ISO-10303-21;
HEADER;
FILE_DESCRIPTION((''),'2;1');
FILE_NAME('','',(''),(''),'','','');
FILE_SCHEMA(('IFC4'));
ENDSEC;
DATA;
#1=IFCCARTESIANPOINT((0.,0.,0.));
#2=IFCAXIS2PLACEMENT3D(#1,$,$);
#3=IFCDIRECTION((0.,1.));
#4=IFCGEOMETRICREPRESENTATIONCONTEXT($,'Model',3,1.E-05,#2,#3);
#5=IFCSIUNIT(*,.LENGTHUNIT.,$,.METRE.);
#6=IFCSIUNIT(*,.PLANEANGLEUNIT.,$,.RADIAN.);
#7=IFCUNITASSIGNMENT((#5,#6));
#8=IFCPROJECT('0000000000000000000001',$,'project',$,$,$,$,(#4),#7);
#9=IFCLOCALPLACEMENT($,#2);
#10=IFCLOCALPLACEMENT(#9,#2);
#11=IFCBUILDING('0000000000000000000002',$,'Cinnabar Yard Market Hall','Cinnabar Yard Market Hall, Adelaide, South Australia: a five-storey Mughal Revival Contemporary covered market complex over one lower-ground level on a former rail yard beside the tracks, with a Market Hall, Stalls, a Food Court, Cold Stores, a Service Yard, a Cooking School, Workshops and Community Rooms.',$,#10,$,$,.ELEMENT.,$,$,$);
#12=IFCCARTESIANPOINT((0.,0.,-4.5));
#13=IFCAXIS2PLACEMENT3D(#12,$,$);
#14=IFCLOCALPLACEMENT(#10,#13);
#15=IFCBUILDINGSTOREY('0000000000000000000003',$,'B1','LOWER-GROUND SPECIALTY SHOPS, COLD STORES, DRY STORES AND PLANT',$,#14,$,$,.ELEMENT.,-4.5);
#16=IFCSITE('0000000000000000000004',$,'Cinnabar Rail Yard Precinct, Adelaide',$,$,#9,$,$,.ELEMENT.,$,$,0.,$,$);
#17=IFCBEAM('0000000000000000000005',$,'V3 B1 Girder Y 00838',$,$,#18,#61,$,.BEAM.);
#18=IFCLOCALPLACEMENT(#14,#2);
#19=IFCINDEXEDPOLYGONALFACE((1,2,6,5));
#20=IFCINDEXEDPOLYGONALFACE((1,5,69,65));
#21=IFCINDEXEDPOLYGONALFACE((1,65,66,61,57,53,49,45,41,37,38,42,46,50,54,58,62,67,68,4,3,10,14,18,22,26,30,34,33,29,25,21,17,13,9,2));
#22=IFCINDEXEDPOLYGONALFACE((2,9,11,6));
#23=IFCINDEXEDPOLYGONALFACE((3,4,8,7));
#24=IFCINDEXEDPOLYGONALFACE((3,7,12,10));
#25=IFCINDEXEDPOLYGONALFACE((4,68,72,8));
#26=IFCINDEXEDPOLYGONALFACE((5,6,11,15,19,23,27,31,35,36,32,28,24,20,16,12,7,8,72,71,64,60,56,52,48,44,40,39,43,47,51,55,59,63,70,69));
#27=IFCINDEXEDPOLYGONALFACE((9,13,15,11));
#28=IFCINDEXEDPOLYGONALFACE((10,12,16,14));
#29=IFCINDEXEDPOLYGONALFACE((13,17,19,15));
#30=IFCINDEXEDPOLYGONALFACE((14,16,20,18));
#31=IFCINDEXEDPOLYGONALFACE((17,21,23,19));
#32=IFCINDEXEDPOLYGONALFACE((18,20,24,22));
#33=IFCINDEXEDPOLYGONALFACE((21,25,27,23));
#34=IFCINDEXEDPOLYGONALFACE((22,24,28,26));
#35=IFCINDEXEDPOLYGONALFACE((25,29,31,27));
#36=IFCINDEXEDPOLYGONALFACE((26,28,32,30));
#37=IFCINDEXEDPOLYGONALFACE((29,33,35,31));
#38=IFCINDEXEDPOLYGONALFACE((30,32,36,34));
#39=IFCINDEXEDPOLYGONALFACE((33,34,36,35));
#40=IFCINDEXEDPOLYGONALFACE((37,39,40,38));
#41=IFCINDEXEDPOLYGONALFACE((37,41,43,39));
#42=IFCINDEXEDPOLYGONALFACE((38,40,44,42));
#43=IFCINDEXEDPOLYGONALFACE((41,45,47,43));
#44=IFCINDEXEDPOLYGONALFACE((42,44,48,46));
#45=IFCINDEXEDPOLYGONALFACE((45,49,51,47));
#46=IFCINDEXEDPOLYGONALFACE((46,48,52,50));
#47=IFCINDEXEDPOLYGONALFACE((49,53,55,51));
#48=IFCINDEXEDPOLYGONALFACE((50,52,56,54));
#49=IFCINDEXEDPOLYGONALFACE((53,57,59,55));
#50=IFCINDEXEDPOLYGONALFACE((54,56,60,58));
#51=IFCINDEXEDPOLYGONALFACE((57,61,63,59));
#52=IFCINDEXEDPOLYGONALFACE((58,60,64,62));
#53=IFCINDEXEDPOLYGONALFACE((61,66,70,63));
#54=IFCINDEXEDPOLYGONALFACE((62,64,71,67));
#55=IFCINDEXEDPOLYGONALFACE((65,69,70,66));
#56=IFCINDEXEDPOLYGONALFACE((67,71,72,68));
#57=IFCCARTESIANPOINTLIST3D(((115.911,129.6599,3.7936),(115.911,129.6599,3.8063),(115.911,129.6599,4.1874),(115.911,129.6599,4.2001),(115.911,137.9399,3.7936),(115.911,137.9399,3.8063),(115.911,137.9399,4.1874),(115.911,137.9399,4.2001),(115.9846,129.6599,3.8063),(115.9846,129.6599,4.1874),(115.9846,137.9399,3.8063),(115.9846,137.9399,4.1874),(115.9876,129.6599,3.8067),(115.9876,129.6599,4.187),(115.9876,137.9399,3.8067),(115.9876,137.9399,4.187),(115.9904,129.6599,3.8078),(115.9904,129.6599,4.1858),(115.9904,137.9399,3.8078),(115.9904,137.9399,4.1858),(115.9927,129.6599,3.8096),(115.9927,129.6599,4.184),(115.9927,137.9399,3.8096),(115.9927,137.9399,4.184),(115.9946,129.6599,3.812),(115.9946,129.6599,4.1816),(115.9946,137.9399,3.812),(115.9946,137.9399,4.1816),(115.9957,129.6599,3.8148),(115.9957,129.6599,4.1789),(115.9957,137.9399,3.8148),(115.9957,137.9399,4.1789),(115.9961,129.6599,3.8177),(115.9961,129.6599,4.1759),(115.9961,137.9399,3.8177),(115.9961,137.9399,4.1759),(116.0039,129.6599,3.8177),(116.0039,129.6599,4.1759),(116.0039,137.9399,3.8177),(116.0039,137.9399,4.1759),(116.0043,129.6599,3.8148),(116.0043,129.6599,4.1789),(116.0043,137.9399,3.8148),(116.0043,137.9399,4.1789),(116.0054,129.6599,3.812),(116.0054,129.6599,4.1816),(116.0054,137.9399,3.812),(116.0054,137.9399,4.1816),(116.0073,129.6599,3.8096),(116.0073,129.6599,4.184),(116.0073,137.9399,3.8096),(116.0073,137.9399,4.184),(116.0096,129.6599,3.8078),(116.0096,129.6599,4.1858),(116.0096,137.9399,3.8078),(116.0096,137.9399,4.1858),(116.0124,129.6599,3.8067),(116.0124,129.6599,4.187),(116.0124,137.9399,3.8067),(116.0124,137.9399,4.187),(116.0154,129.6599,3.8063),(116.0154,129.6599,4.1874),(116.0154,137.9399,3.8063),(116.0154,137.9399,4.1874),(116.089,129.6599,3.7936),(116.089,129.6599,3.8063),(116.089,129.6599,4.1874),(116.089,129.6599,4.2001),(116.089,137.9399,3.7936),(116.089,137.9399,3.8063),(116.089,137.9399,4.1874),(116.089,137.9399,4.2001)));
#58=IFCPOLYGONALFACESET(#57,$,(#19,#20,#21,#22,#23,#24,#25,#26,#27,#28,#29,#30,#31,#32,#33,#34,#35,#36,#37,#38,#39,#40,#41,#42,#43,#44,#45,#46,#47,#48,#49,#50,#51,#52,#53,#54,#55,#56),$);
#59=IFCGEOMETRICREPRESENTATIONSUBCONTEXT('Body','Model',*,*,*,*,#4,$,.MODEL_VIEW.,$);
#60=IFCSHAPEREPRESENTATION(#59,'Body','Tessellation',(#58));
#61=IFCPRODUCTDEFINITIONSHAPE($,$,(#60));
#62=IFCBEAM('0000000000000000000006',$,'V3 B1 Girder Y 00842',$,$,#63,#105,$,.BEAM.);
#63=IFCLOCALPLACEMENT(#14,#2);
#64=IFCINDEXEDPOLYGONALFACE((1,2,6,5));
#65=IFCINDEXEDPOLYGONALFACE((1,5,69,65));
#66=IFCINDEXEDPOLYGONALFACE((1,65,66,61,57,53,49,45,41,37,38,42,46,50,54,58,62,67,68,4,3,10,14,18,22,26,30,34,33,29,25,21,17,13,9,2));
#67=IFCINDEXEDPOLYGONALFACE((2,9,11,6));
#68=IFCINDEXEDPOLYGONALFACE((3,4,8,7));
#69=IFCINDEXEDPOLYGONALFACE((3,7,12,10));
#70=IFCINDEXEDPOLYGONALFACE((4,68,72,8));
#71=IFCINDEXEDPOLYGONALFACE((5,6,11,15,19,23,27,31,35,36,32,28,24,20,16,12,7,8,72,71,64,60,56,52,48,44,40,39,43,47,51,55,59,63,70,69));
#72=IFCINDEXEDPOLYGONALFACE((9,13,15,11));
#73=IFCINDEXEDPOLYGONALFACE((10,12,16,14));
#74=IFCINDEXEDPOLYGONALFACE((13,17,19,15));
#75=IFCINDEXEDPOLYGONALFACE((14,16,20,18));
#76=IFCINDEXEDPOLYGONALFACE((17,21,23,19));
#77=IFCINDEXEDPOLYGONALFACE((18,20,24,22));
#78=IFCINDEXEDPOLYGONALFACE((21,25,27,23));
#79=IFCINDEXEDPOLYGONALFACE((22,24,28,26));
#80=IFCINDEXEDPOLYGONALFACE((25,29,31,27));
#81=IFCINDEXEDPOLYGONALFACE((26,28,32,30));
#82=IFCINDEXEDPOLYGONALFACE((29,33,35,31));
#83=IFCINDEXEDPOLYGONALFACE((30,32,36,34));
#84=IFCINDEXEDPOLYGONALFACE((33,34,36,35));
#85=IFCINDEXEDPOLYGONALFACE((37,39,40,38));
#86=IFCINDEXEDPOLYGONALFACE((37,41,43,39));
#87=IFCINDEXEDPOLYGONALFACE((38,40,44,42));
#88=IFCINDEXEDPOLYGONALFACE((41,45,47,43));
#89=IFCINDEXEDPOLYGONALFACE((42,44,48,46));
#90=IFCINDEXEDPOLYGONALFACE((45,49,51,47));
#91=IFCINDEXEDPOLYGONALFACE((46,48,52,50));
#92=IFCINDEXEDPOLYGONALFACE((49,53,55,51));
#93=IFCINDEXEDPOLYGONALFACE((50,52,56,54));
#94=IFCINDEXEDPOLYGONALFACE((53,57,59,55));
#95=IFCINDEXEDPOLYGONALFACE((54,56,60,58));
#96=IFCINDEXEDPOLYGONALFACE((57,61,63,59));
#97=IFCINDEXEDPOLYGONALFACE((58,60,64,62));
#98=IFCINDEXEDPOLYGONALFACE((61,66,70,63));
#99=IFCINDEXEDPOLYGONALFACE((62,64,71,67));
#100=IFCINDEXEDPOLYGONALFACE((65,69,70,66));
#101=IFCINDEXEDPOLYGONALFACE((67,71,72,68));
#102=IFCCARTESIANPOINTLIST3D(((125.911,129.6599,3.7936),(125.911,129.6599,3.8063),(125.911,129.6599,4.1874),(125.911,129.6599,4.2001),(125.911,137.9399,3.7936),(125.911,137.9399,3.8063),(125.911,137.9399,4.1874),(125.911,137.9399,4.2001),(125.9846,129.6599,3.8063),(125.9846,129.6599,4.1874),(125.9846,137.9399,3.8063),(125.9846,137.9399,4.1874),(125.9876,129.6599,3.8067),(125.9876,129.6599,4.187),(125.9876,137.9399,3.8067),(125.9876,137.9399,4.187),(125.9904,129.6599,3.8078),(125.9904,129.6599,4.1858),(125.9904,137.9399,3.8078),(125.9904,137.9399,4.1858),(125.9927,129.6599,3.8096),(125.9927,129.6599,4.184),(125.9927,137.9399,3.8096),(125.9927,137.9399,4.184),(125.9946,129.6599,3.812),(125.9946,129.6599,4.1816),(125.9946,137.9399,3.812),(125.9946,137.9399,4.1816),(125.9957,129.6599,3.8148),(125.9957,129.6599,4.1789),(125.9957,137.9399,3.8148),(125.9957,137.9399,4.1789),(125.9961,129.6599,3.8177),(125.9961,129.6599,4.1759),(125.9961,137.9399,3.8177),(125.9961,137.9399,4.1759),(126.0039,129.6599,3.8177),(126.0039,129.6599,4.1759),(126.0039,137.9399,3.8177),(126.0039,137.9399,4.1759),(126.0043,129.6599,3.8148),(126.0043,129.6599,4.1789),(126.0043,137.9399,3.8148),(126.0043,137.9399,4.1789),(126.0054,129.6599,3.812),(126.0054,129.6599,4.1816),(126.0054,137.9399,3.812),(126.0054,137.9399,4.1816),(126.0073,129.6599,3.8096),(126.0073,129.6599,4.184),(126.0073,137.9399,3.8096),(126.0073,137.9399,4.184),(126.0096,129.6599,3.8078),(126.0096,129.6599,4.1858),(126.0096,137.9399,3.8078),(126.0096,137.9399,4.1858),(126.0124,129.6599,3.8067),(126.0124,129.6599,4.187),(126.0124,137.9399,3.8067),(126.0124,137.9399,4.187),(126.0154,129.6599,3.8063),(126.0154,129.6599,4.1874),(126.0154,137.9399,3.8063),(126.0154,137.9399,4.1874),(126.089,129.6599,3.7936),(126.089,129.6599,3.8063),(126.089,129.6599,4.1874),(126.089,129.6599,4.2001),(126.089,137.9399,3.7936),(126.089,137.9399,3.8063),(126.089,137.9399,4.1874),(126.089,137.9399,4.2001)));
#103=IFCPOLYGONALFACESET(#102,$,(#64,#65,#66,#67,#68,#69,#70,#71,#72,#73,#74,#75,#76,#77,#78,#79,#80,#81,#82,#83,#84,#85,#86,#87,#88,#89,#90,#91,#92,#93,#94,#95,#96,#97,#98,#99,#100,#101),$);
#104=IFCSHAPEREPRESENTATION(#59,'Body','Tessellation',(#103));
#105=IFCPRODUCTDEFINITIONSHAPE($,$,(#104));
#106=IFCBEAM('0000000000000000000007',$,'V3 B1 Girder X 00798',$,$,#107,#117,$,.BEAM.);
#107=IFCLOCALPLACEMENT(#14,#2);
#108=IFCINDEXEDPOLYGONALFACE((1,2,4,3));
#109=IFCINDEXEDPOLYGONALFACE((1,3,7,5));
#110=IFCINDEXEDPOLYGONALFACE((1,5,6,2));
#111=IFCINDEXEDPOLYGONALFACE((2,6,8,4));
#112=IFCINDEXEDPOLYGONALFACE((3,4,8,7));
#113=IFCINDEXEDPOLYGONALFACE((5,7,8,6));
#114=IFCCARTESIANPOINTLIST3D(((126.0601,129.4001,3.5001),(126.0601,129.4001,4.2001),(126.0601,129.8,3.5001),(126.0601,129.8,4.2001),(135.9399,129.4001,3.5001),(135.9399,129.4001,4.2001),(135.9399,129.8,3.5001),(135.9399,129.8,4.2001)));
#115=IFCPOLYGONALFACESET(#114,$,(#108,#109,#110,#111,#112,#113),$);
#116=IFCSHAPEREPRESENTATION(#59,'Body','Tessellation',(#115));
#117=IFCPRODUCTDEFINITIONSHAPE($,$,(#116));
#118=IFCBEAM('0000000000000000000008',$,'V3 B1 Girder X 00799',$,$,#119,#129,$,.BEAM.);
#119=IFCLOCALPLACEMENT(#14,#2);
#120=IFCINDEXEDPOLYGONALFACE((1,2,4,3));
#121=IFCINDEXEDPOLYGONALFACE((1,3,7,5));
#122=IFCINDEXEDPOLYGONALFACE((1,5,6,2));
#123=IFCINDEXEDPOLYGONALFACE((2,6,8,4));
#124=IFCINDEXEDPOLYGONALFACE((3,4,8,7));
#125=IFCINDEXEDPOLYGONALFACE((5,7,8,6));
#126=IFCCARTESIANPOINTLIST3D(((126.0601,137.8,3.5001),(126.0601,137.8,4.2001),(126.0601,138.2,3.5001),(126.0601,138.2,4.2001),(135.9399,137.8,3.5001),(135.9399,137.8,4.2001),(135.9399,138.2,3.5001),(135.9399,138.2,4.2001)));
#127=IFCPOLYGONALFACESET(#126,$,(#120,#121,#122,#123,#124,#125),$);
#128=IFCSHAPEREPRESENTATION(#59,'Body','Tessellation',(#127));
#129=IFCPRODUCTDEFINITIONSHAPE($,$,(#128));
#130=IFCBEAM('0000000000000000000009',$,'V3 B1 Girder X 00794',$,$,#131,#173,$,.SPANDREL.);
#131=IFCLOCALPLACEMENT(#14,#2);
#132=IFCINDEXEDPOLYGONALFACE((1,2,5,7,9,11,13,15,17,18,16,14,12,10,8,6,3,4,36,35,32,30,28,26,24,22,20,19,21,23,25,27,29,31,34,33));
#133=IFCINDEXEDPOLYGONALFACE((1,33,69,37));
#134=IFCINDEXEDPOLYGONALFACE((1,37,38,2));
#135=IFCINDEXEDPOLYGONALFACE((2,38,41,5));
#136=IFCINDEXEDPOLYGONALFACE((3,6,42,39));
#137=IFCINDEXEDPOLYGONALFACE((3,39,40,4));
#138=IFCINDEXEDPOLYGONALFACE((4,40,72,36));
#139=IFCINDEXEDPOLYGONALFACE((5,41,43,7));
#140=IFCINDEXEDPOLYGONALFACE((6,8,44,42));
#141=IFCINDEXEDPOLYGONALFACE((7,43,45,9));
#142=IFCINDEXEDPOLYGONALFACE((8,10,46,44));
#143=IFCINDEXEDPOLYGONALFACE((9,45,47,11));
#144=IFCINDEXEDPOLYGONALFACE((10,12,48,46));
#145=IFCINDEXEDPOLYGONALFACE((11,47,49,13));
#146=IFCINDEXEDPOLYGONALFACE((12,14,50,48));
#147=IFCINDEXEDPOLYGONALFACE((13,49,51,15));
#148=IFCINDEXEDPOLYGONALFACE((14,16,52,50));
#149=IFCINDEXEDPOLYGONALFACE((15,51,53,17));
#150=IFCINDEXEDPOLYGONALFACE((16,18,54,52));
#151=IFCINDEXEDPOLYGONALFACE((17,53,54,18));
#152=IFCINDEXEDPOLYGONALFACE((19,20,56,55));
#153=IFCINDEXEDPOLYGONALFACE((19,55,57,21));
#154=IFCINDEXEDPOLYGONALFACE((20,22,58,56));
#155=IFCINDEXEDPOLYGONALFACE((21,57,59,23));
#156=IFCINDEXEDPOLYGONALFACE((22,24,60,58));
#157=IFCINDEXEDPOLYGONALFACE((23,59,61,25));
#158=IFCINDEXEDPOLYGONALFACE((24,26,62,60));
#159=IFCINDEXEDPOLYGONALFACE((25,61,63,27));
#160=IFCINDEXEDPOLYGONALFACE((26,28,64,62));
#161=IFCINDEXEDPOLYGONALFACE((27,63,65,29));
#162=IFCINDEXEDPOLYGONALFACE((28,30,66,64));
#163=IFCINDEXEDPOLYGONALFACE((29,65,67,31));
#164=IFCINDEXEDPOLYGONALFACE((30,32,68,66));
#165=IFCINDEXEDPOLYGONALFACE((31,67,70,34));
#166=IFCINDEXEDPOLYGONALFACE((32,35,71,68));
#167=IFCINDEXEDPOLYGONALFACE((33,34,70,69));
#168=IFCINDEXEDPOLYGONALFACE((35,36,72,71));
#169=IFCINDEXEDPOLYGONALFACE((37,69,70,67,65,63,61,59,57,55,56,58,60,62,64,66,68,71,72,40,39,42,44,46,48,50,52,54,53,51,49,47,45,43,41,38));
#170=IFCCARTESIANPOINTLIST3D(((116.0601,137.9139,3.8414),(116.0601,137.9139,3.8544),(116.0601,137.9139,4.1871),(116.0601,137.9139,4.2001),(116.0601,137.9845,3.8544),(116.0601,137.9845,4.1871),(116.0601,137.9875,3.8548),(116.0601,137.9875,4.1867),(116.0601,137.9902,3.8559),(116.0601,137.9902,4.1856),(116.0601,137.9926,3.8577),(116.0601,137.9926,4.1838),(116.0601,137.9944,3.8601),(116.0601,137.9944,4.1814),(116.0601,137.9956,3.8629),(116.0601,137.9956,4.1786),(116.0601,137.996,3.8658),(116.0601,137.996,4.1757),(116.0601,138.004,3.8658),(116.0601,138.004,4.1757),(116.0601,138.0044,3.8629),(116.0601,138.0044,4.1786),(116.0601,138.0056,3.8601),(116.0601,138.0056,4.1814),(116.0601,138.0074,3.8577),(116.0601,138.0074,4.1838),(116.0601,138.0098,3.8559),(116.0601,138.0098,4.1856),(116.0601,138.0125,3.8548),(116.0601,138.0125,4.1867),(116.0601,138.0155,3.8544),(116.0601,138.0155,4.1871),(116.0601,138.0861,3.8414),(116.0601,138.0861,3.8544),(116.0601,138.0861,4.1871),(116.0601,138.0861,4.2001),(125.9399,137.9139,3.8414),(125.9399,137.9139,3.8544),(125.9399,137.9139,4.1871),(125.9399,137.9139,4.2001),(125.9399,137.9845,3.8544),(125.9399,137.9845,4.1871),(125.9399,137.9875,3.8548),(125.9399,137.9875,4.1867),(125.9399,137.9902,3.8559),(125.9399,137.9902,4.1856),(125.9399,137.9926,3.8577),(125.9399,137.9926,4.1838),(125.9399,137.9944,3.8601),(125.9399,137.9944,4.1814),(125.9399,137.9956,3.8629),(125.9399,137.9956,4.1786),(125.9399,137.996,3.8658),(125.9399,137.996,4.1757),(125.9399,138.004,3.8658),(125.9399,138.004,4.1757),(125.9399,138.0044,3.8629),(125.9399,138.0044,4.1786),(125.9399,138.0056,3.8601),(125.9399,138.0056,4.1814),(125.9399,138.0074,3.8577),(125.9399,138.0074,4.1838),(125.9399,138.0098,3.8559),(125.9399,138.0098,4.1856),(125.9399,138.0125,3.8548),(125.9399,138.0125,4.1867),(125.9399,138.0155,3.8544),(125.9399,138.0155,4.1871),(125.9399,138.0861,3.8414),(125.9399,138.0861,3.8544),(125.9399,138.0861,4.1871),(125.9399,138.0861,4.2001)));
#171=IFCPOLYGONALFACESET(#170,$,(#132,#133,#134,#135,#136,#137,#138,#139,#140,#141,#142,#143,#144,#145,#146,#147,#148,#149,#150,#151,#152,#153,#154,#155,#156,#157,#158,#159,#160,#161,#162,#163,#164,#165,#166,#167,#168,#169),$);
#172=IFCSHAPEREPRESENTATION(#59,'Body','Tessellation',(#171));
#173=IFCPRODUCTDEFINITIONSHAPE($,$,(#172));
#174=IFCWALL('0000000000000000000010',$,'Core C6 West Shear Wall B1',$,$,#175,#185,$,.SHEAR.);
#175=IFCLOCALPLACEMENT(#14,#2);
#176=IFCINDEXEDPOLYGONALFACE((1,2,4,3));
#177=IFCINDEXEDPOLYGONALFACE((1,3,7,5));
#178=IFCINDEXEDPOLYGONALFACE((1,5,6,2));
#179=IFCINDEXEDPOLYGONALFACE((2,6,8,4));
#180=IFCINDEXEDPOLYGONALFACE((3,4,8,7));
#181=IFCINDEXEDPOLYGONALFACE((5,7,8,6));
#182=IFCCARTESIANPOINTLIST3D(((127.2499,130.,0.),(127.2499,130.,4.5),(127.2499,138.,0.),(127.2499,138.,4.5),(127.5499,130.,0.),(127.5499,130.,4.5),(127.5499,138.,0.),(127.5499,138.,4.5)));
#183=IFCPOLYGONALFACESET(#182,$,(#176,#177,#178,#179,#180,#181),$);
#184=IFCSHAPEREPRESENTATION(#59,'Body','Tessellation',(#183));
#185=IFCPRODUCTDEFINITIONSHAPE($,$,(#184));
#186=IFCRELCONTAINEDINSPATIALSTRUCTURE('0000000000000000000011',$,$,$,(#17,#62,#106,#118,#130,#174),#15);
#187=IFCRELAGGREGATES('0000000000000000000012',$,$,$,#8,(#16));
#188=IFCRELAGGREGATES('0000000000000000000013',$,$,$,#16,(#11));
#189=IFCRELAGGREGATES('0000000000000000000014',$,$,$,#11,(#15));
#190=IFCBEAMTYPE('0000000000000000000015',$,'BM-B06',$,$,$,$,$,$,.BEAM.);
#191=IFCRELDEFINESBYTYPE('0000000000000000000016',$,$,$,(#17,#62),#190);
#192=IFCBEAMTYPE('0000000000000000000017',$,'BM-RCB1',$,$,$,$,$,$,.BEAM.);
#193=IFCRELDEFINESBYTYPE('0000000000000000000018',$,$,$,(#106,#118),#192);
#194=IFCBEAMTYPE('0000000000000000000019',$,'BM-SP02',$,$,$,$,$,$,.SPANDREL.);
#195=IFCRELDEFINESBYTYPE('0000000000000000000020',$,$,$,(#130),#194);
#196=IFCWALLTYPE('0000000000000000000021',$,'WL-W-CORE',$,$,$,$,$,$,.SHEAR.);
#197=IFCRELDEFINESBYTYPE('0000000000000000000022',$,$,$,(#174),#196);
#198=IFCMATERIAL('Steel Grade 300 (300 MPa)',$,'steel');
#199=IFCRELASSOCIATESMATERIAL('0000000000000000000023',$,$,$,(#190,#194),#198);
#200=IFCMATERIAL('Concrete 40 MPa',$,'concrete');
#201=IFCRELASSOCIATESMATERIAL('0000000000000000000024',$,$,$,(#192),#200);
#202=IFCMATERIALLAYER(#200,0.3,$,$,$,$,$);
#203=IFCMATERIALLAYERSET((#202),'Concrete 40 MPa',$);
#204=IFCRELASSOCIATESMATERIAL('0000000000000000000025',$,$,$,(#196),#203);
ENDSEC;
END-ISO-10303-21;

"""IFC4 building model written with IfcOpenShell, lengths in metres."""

from ifc_helpers import new_model, si_unit, direction, frame, frame_2d, origin, origin_2d_with_axis, place, context, subcontext, project, spatial, rectangle, i_section, extrude, material, layer, layer_set, material_profile, profile_set, type_object, element, save


model = new_model("IFC4")

# Units and contexts
model_context = context("Model", 3, precision=1e-05, world=origin(), true_north=direction((0.0, 1.0)))
body_context = subcontext(model_context, "Body", "Model", "MODEL_VIEW")
ifc_project = project(units=[si_unit("LENGTHUNIT", "METRE"), si_unit("PLANEANGLEUNIT", "RADIAN")], contexts=[model_context])

# Site, building, storey
site_placement = place(None, origin())
site = spatial("IfcSite", under=ifc_project, at=site_placement, Name="Cinnabar Rail Yard Precinct, Adelaide", CompositionType="ELEMENT", RefElevation=0.0)
building_placement = place(site_placement, origin())
building = spatial("IfcBuilding", under=site, at=building_placement, Name="Cinnabar Yard Market Hall", Description="Cinnabar Yard Market Hall, Adelaide, South Australia: a five-storey Mughal Revival Contemporary covered market complex over one lower-ground level on a former rail yard beside the tracks, with a Market Hall, Stalls, a Food Court, Cold Stores, a Service Yard, a Cooking School, Workshops and Community Rooms.", CompositionType="ELEMENT")
storey_placement = place(building_placement, frame((0.0, 0.0, -4.5)))
storey = spatial("IfcBuildingStorey", under=building, at=storey_placement, Name="B1", Description="LOWER-GROUND SPECIALTY SHOPS, COLD STORES, DRY STORES AND PLANT", CompositionType="ELEMENT", Elevation=-4.5)

# Shared definitions
ifc_material_1 = material(Name="Concrete 40 MPa", Category="concrete")

# Shared definitions
ifc_material_2 = material(Name="Steel Grade 300 (300 MPa)", Category="steel")

# Beams
ifc_material_profile_1 = material_profile(ifc_material_2, i_section(OverallWidth=0.178, OverallDepth=0.4065, WebThickness=0.0078, FlangeThickness=0.0127, FilletRadius=0.0115, at=origin_2d_with_axis()), Name="410UB59.7")
ifc_profile_set_1 = profile_set([ifc_material_profile_1], Name="Steel Grade 300 (300 MPa)")
beam_type_1 = type_object("IfcBeamType", Name="BM-B06", PredefinedType="BEAM", material=ifc_profile_set_1)
for number, where, z_axis, x_axis, name in (
    (1, (116.0, 129.6599, 3.9968), (0.0, 1.0, 0.0), (-1.0, 0.0, 0.0), "V3 B1 Girder Y 00838"),
    (2, (126.0, 129.6599, 3.9968), (0.0, 1.0, 0.0), (-1.0, 0.0, 0.0), "V3 B1 Girder Y 00842"),
):
    element("IfcBeam", number, at=place(storey_placement, frame(where, z_axis=z_axis, x_axis=x_axis)), inside=storey, type_object=beam_type_1, Name=name, PredefinedType="BEAM", context=body_context, shape_type="SweptSolid", body=[
        extrude(i_section(OverallWidth=0.178, OverallDepth=0.4065, WebThickness=0.0078, FlangeThickness=0.0127, FilletRadius=0.0115, at=origin_2d_with_axis()), origin(), (0.0, 0.0, 1.0), 8.28),
    ])
ifc_material_profile_2 = material_profile(ifc_material_1, rectangle(XDim=0.3999, YDim=0.7, at=origin_2d_with_axis()), Name="RCB-400x700")
ifc_profile_set_2 = profile_set([ifc_material_profile_2], Name="Concrete 40 MPa")
beam_type_2 = type_object("IfcBeamType", Name="BM-RCB1", PredefinedType="BEAM", material=ifc_profile_set_2)
for number, where, z_axis, x_axis, name in (
    (3, (126.0601, 129.6001, 3.8501), (1.0, 0.0, 0.0), (0.0, 1.0, 0.0), "V3 B1 Girder X 00798"),
    (4, (126.0601, 138.0, 3.8501), (1.0, 0.0, 0.0), (0.0, 1.0, 0.0), "V3 B1 Girder X 00799"),
):
    element("IfcBeam", number, at=place(storey_placement, frame(where, z_axis=z_axis, x_axis=x_axis)), inside=storey, type_object=beam_type_2, Name=name, PredefinedType="BEAM", context=body_context, shape_type="SweptSolid", body=[
        extrude(rectangle(XDim=0.3999, YDim=0.7, at=origin_2d_with_axis()), origin(), (0.0, 0.0, 1.0), 9.8799),
    ])
ifc_material_profile_3 = material_profile(ifc_material_2, i_section(OverallWidth=0.1721, OverallDepth=0.3586, WebThickness=0.0081, FlangeThickness=0.0129, FilletRadius=0.0115, at=origin_2d_with_axis()), Name="360UB56.7")
ifc_profile_set_3 = profile_set([ifc_material_profile_3], Name="Steel Grade 300 (300 MPa)")
beam_type_3 = type_object("IfcBeamType", Name="BM-SP02", PredefinedType="SPANDREL", material=ifc_profile_set_3)
beam_1_placement = place(storey_placement, frame((116.0601, 138.0, 4.0208), z_axis=(1.0, 0.0, 0.0), x_axis=(0.0, 1.0, 0.0)))
element("IfcBeam", 5, at=beam_1_placement, inside=storey, type_object=beam_type_3, Name="V3 B1 Girder X 00794", PredefinedType="SPANDREL", context=body_context, shape_type="SweptSolid", body=[
    extrude(i_section(OverallWidth=0.1721, OverallDepth=0.3586, WebThickness=0.0081, FlangeThickness=0.0129, FilletRadius=0.0115, at=origin_2d_with_axis()), origin(), (0.0, 0.0, 1.0), 9.8799),
])

# Wall
ifc_layer_1 = layer(ifc_material_1, 0.3)
ifc_layer_set_1 = layer_set([ifc_layer_1], Name="Concrete 40 MPa")
wall_type = type_object("IfcWallType", Name="WL-W-CORE", PredefinedType="SHEAR", material=ifc_layer_set_1)
wall_1_placement = place(storey_placement, frame((127.3999, 138.0, 0.0), z_axis=(0.0, 0.0, 1.0), x_axis=(0.0, -1.0, 0.0)))
element("IfcWall", 6, at=wall_1_placement, inside=storey, type_object=wall_type, Name="Core C6 West Shear Wall B1", PredefinedType="SHEAR", context=body_context, shape_type="SweptSolid", body=[
    extrude(rectangle(XDim=8.0, YDim=0.3, at=frame_2d((4.0, 0.0), x_axis=(1.0, 0.0))), origin(), (0.0, 0.0, 1.0), 4.5),
])

save(model, "model.ifc")
